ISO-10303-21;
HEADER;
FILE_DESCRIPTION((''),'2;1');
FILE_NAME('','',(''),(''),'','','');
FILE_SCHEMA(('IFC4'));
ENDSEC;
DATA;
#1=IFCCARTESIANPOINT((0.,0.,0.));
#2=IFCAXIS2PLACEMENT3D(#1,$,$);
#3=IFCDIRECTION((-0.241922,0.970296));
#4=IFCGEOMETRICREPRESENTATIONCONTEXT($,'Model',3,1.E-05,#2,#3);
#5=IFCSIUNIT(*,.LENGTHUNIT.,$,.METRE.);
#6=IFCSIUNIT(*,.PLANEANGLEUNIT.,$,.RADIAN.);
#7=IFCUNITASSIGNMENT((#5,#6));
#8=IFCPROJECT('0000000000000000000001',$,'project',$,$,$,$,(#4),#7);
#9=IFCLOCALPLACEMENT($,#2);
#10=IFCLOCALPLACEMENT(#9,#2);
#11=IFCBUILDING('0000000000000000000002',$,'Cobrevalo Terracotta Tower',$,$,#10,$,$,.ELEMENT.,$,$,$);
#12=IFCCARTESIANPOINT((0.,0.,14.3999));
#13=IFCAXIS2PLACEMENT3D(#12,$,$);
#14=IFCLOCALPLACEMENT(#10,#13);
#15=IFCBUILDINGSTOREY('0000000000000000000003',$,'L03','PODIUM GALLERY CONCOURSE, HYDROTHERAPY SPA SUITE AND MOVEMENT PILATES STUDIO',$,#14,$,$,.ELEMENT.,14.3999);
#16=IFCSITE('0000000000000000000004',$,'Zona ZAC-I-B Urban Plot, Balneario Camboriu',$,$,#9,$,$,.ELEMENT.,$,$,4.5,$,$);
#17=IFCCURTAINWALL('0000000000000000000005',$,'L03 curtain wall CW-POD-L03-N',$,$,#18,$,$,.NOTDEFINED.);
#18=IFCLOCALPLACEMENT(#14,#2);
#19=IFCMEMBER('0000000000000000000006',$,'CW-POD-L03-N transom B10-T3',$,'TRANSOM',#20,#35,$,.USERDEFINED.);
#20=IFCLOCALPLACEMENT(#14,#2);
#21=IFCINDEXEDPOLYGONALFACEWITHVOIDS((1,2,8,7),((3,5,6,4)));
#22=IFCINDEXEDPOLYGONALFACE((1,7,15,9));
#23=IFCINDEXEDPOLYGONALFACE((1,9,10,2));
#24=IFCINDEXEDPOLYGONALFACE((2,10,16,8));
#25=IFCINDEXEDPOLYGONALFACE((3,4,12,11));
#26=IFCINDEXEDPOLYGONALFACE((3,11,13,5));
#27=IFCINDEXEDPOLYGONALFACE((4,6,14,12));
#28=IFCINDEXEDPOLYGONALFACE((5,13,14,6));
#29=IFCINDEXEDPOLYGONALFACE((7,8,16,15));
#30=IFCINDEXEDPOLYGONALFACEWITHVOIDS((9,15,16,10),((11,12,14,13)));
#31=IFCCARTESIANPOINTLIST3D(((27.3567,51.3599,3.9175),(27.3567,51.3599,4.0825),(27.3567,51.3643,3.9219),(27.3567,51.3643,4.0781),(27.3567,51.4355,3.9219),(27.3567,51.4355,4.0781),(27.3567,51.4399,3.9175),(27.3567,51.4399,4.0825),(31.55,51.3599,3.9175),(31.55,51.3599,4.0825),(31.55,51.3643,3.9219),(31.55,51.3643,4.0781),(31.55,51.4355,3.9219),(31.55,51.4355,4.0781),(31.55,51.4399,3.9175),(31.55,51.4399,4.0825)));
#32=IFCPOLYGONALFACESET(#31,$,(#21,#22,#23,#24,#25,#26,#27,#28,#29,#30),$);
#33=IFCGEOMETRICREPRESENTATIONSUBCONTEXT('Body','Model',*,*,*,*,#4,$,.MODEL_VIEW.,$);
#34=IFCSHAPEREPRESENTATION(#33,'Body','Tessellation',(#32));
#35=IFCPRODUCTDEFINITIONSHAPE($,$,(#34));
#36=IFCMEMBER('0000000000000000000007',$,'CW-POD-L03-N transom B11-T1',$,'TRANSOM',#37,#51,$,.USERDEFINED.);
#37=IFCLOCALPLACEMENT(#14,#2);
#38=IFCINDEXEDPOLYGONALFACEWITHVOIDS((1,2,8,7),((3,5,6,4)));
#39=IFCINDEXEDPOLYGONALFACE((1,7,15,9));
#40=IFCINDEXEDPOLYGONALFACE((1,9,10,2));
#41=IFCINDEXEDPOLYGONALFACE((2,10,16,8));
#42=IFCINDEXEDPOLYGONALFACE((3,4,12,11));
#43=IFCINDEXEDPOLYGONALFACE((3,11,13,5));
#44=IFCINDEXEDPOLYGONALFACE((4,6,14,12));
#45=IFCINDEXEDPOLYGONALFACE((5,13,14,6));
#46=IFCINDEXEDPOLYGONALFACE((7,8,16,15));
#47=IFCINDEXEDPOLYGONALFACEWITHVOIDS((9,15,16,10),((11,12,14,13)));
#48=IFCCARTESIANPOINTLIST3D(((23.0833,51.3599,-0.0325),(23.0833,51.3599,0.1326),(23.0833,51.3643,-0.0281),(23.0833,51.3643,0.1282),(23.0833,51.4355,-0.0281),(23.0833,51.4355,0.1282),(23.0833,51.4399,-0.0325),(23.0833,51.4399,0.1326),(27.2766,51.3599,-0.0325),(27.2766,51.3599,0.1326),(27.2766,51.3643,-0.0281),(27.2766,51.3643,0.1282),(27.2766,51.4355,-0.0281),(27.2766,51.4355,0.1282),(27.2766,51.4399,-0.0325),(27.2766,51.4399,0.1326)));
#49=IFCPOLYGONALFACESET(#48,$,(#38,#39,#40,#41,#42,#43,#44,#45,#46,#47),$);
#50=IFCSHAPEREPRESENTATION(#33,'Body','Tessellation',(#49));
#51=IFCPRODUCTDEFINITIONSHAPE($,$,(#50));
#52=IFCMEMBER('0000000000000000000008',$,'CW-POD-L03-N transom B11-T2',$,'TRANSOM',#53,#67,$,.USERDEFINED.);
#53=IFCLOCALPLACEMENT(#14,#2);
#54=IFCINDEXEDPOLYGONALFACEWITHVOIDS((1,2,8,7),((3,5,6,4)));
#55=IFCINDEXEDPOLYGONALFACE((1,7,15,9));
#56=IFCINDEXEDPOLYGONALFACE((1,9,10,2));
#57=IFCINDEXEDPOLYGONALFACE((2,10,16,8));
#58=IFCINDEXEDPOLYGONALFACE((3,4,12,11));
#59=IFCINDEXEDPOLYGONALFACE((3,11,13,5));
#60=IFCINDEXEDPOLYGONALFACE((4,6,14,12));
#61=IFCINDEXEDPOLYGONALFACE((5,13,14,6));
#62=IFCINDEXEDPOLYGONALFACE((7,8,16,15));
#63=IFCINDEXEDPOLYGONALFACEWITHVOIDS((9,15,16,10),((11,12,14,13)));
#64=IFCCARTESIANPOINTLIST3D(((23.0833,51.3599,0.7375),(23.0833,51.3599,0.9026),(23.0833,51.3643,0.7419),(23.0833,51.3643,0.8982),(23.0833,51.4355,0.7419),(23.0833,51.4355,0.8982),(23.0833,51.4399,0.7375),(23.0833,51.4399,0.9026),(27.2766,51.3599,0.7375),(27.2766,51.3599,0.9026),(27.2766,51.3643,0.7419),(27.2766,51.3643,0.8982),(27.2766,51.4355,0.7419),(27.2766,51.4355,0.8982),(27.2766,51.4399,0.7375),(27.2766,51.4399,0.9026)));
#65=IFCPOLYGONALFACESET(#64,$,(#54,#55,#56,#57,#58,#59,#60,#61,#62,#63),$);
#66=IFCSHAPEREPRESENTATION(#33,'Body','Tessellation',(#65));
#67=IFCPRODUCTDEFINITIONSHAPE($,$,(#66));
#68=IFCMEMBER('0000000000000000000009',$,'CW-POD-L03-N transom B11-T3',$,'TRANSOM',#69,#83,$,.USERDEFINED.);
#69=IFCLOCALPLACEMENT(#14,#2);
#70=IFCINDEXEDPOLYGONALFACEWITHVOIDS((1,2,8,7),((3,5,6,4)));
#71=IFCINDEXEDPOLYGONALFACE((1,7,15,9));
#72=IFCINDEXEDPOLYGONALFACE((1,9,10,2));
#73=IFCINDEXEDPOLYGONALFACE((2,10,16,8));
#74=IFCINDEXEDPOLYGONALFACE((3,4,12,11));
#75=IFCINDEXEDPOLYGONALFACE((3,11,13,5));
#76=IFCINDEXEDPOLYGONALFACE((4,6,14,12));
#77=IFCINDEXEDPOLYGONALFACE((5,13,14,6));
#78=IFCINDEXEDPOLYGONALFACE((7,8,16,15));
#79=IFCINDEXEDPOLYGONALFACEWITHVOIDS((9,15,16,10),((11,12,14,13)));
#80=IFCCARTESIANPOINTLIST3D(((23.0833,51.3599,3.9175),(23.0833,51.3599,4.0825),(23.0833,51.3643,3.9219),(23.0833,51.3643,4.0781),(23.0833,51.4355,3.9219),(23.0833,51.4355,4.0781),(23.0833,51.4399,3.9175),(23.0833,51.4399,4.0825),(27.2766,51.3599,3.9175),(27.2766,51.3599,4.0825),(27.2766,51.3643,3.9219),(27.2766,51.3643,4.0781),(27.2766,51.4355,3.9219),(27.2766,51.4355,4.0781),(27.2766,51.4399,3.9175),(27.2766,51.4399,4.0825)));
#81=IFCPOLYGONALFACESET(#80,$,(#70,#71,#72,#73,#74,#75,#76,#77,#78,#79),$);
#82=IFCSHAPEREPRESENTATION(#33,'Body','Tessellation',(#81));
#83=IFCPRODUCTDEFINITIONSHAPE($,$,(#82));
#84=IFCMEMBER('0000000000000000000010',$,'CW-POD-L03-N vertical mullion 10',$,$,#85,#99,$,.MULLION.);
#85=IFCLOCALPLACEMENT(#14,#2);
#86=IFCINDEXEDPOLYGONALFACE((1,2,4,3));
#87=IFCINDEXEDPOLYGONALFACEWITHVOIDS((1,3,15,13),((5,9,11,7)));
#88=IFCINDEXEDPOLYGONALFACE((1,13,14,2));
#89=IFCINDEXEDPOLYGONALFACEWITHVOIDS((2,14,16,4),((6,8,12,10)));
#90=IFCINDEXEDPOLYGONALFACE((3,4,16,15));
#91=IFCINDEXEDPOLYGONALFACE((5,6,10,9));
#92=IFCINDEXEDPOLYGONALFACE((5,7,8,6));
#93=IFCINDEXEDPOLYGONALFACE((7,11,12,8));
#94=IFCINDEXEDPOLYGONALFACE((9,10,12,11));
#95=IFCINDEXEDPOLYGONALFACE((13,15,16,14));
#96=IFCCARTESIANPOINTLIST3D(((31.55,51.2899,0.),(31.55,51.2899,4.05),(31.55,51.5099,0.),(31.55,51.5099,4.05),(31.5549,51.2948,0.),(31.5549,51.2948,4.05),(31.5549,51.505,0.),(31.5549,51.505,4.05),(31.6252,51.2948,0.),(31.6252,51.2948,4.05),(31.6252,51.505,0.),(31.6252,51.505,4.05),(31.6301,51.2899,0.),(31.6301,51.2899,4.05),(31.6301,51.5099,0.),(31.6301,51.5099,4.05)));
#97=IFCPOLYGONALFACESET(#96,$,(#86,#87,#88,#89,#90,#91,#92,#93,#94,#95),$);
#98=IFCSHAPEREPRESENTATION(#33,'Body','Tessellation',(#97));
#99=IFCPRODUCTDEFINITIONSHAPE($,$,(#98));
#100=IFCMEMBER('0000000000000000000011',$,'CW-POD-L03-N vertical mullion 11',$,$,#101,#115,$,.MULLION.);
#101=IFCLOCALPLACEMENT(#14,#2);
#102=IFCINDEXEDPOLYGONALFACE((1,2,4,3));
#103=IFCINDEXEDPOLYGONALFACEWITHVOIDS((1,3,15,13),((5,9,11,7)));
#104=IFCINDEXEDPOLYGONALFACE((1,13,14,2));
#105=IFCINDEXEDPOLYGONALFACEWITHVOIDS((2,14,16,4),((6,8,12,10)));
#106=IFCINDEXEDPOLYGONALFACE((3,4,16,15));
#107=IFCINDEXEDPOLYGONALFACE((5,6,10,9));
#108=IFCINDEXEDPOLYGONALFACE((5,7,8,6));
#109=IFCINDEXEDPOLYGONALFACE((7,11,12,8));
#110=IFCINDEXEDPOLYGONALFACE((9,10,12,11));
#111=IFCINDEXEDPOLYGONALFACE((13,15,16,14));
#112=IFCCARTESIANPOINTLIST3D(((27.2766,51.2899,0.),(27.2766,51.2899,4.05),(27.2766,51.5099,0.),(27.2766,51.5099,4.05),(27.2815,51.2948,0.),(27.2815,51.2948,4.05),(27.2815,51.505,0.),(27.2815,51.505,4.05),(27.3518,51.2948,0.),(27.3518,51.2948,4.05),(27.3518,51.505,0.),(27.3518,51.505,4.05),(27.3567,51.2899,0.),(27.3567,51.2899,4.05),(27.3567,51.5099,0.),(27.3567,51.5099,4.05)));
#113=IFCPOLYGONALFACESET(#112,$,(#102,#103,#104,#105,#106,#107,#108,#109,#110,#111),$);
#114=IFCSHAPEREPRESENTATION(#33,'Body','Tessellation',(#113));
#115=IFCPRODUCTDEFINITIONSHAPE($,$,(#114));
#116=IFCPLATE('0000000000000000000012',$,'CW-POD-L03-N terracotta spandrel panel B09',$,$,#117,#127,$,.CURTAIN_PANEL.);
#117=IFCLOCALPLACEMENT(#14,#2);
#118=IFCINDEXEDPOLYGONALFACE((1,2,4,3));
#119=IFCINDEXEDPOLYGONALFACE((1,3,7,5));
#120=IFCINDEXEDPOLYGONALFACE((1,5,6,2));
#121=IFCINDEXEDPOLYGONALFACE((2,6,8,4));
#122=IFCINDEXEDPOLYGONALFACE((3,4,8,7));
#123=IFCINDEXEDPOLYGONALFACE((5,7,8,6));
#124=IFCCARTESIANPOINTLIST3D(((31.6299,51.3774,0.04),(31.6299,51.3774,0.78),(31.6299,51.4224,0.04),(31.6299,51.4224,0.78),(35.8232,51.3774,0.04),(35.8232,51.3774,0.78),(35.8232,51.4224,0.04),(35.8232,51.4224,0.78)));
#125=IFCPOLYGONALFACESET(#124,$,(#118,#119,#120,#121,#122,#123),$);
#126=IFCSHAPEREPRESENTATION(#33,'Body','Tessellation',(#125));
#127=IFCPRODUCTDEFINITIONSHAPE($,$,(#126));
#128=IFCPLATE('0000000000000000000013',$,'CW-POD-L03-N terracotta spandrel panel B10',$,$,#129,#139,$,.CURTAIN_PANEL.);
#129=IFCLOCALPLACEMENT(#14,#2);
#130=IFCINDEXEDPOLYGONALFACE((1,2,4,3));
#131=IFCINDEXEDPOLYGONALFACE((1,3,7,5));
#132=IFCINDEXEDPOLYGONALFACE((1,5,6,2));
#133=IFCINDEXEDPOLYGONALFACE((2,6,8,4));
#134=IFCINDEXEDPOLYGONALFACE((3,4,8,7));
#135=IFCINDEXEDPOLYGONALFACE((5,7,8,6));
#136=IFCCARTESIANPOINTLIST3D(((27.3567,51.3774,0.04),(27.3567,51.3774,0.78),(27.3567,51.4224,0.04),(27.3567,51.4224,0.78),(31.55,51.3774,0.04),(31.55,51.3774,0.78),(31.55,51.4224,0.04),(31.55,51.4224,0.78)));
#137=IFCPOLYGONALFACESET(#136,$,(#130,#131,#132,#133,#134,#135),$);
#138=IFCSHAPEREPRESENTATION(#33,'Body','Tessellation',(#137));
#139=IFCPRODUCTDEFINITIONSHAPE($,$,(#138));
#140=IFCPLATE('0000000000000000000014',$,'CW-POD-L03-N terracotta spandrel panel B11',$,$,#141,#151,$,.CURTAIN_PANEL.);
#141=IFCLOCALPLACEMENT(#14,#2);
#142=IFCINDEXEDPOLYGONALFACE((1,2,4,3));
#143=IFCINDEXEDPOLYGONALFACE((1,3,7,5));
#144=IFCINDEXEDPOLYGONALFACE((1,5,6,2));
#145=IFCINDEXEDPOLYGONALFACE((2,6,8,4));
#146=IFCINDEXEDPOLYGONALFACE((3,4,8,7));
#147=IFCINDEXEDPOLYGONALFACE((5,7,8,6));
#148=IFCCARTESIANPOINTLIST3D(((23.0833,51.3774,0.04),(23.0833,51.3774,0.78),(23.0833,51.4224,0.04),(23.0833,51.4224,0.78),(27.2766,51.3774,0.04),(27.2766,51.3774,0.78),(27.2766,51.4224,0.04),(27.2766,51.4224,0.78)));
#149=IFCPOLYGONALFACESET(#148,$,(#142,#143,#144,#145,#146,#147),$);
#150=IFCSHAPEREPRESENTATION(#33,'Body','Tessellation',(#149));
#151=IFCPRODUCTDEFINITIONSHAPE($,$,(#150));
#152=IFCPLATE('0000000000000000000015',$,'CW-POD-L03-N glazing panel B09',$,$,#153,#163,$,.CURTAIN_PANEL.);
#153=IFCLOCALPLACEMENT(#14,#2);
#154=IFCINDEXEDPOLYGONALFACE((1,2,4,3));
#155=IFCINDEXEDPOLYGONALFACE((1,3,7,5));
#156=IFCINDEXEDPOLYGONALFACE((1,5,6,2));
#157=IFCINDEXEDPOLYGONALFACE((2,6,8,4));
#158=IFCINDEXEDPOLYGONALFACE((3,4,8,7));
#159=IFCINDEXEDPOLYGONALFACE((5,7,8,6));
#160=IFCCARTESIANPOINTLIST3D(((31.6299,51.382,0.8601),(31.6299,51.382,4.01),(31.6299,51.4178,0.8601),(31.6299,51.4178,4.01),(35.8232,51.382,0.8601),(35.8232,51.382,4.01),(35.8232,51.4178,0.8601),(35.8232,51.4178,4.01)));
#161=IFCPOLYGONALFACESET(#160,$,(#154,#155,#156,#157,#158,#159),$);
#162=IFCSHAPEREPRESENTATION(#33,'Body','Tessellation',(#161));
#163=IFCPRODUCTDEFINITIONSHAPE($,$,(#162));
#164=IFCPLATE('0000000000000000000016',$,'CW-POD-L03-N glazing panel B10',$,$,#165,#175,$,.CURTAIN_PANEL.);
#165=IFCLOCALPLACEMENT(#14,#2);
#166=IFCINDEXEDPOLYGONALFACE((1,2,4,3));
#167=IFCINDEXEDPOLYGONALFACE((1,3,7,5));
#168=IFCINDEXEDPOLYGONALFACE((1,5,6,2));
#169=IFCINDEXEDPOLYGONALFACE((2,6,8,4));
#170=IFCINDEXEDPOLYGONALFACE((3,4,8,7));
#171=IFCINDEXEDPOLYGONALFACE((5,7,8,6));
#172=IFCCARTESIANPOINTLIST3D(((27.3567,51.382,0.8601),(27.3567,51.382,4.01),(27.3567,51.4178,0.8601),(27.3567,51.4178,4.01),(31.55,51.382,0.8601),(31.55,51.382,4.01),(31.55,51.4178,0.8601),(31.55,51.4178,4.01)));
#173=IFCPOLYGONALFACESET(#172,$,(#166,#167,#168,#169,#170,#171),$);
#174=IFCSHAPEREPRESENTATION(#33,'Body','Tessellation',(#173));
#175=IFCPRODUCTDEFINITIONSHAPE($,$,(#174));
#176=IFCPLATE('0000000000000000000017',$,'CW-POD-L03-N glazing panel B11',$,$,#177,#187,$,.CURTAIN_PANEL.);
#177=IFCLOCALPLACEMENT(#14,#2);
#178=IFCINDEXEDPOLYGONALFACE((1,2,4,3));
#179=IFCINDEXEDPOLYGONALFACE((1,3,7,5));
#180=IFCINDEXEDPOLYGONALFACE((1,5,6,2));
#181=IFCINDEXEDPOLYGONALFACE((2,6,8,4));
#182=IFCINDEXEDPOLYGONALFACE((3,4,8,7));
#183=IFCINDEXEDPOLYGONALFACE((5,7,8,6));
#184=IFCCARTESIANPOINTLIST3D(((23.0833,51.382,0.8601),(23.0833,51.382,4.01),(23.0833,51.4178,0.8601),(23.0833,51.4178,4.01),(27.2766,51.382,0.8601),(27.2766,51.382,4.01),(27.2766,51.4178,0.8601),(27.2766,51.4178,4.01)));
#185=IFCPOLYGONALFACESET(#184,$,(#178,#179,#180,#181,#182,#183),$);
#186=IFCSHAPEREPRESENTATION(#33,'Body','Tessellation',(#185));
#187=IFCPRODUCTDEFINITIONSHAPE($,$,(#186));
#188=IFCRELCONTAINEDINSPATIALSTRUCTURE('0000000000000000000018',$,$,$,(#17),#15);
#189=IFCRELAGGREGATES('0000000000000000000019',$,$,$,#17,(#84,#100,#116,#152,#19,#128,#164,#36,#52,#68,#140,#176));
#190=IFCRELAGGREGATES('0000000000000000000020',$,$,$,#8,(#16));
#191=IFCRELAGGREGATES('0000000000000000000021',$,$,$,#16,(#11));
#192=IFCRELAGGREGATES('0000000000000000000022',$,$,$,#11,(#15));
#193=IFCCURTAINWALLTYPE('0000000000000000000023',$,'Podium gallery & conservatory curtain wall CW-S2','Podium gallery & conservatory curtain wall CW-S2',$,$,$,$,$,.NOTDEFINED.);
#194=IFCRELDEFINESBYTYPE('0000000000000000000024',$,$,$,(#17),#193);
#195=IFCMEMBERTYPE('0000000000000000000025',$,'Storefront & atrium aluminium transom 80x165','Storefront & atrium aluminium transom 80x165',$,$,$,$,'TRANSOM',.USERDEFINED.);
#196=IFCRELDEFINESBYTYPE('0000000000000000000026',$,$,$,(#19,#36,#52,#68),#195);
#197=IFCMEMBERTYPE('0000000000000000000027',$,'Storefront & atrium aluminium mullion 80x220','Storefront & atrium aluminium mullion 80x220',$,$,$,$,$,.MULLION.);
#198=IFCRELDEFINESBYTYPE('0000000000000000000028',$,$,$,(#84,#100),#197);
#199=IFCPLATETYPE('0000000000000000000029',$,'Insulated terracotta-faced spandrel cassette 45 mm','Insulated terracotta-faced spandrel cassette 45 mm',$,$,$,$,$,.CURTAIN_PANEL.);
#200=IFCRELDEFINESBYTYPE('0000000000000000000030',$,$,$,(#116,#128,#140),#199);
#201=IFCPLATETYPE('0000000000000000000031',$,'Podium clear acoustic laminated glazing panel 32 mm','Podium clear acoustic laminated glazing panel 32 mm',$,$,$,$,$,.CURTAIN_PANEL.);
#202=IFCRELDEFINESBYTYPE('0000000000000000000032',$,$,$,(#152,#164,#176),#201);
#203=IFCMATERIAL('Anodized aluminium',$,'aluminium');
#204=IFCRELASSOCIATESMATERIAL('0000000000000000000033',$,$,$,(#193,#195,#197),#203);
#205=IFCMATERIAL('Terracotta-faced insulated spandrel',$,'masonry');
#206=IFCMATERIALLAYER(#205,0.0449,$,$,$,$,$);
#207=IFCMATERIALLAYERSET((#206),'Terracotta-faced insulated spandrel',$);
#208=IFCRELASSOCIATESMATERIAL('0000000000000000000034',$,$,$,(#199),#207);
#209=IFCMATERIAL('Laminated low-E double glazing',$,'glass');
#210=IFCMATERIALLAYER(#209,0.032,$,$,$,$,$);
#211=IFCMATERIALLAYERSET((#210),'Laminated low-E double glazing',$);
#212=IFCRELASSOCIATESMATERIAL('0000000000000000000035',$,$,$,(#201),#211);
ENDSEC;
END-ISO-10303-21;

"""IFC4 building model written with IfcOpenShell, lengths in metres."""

from ifc_helpers import new_model, si_unit, direction, frame, origin, origin_2d, place, context, subcontext, project, spatial, rectangle, hollow_rectangle, extrude, source, transform, mapped, material, layer, layer_set, material_profile, profile_set, type_object, element, aggregate, save


model = new_model("IFC4")

# Units and contexts
model_context = context("Model", 3, precision=1e-05, world=origin(), true_north=direction((-0.241922, 0.970296)))
body_context = subcontext(model_context, "Body", "Model", "MODEL_VIEW")
ifc_project = project(units=[si_unit("LENGTHUNIT", "METRE"), si_unit("PLANEANGLEUNIT", "RADIAN")], contexts=[model_context])

# Site, building, storey
site_placement = place(None, origin())
site = spatial("IfcSite", under=ifc_project, at=site_placement, Name="Zona ZAC-I-B Urban Plot, Balneario Camboriu", CompositionType="ELEMENT", RefElevation=4.5)
building_placement = place(site_placement, origin())
building = spatial("IfcBuilding", under=site, at=building_placement, Name="Cobrevalo Terracotta Tower", CompositionType="ELEMENT")
storey_placement = place(building_placement, frame((0.0, 0.0, 14.3999)))
storey = spatial("IfcBuildingStorey", under=building, at=storey_placement, Name="L03", Description="PODIUM GALLERY CONCOURSE, HYDROTHERAPY SPA SUITE AND MOVEMENT PILATES STUDIO", CompositionType="ELEMENT", Elevation=14.3999)

# Curtain wall, members, plates
ifc_material_1 = material(Name="Anodized aluminium", Category="aluminium")
curtain_wall_type = type_object("IfcCurtainWallType", Name="Podium gallery & conservatory curtain wall CW-S2", Description="Podium gallery & conservatory curtain wall CW-S2", PredefinedType="NOTDEFINED", material=ifc_material_1)
curtain_wall_placement = place(storey_placement, origin())
curtain_wall = element("IfcCurtainWall", 1, at=curtain_wall_placement, inside=storey, type_object=curtain_wall_type, Name="L03 curtain wall CW-POD-L03-N", PredefinedType="NOTDEFINED")
ifc_material_profile_1 = material_profile(ifc_material_1, hollow_rectangle(XDim=0.0801, YDim=0.165, WallThickness=0.0044, at=origin_2d()), Name="CWT 80x165")
ifc_profile_set_1 = profile_set([ifc_material_profile_1], Name="Anodized aluminium")
member_type_1 = type_object("IfcMemberType", Name="Storefront & atrium aluminium transom 80x165", Description="Storefront & atrium aluminium transom 80x165", ElementType="TRANSOM", PredefinedType="USERDEFINED", material=ifc_profile_set_1)
shared_shape_1 = source(origin(), body_context, "Body", "SweptSolid", [
    extrude(hollow_rectangle(XDim=0.0801, YDim=0.165, WallThickness=0.0044, at=origin_2d()), origin(), (0.0, 0.0, 1.0), 4.1934),
])
member_1_placement = place(storey_placement, frame((31.55, 51.3999, 4.0), z_axis=(-1.0, 0.0, 0.0), x_axis=(0.0, -1.0, 0.0)))
member_1 = element("IfcMember", 2, at=member_1_placement, type_object=member_type_1, Name="CW-POD-L03-N transom B10-T3", ObjectType="TRANSOM", PredefinedType="USERDEFINED", context=body_context, shape_type="MappedRepresentation", body=[
    mapped(shared_shape_1, transform((0.0, 0.0, 0.0), scale=1.0)),
])
member_2_placement = place(storey_placement, frame((27.2766, 51.3999, 0.05), z_axis=(-1.0, 0.0, 0.0), x_axis=(0.0, -1.0, 0.0)))
member_2 = element("IfcMember", 3, at=member_2_placement, type_object=member_type_1, Name="CW-POD-L03-N transom B11-T1", ObjectType="TRANSOM", PredefinedType="USERDEFINED", context=body_context, shape_type="MappedRepresentation", body=[
    mapped(shared_shape_1, transform((0.0, 0.0, 0.0), scale=1.0)),
])
member_3_placement = place(storey_placement, frame((27.2766, 51.3999, 0.8201), z_axis=(-1.0, 0.0, 0.0), x_axis=(0.0, -1.0, 0.0)))
member_3 = element("IfcMember", 4, at=member_3_placement, type_object=member_type_1, Name="CW-POD-L03-N transom B11-T2", ObjectType="TRANSOM", PredefinedType="USERDEFINED", context=body_context, shape_type="MappedRepresentation", body=[
    mapped(shared_shape_1, transform((0.0, 0.0, 0.0), scale=1.0)),
])
member_4_placement = place(storey_placement, frame((27.2766, 51.3999, 4.0), z_axis=(-1.0, 0.0, 0.0), x_axis=(0.0, -1.0, 0.0)))
member_4 = element("IfcMember", 5, at=member_4_placement, type_object=member_type_1, Name="CW-POD-L03-N transom B11-T3", ObjectType="TRANSOM", PredefinedType="USERDEFINED", context=body_context, shape_type="MappedRepresentation", body=[
    mapped(shared_shape_1, transform((0.0, 0.0, 0.0), scale=1.0)),
])
ifc_material_profile_2 = material_profile(ifc_material_1, hollow_rectangle(XDim=0.0801, YDim=0.22, WallThickness=0.0049, at=origin_2d()), Name="CWM 80x220")
ifc_profile_set_2 = profile_set([ifc_material_profile_2], Name="Anodized aluminium")
member_type_2 = type_object("IfcMemberType", Name="Storefront & atrium aluminium mullion 80x220", Description="Storefront & atrium aluminium mullion 80x220", PredefinedType="MULLION", material=ifc_profile_set_2)
shared_shape_2 = source(origin(), body_context, "Body", "SweptSolid", [
    extrude(hollow_rectangle(XDim=0.0801, YDim=0.22, WallThickness=0.0049, at=origin_2d()), origin(), (0.0, 0.0, 1.0), 4.05),
])
member_5_placement = place(storey_placement, frame((31.5901, 51.3999, 0.0), z_axis=(0.0, 0.0, 1.0), x_axis=(-1.0, 0.0, 0.0)))
member_5 = element("IfcMember", 6, at=member_5_placement, type_object=member_type_2, Name="CW-POD-L03-N vertical mullion 10", PredefinedType="MULLION", context=body_context, shape_type="MappedRepresentation", body=[
    mapped(shared_shape_2, transform((0.0, 0.0, 0.0), scale=1.0)),
])
member_6_placement = place(storey_placement, frame((27.3167, 51.3999, 0.0), z_axis=(0.0, 0.0, 1.0), x_axis=(-1.0, 0.0, 0.0)))
member_6 = element("IfcMember", 7, at=member_6_placement, type_object=member_type_2, Name="CW-POD-L03-N vertical mullion 11", PredefinedType="MULLION", context=body_context, shape_type="MappedRepresentation", body=[
    mapped(shared_shape_2, transform((0.0, 0.0, 0.0), scale=1.0)),
])
ifc_material_2 = material(Name="Terracotta-faced insulated spandrel", Category="masonry")
ifc_layer_1 = layer(ifc_material_2, 0.0449)
ifc_layer_set_1 = layer_set([ifc_layer_1], Name="Terracotta-faced insulated spandrel")
plate_type_1 = type_object("IfcPlateType", Name="Insulated terracotta-faced spandrel cassette 45 mm", Description="Insulated terracotta-faced spandrel cassette 45 mm", PredefinedType="CURTAIN_PANEL", material=ifc_layer_set_1)
shared_shape_3 = source(origin(), body_context, "Body", "SweptSolid", [
    extrude(rectangle(XDim=4.1934, YDim=0.0449, at=origin_2d()), origin(), (0.0, 0.0, 1.0), 0.74),
])
plate_1_placement = place(storey_placement, frame((33.7266, 51.3999, 0.04), z_axis=(0.0, 0.0, 1.0), x_axis=(-1.0, 0.0, 0.0)))
plate_1 = element("IfcPlate", 8, at=plate_1_placement, type_object=plate_type_1, Name="CW-POD-L03-N terracotta spandrel panel B09", PredefinedType="CURTAIN_PANEL", context=body_context, shape_type="MappedRepresentation", body=[
    mapped(shared_shape_3, transform((0.0, 0.0, 0.0), scale=1.0)),
])
plate_2_placement = place(storey_placement, frame((29.4534, 51.3999, 0.04), z_axis=(0.0, 0.0, 1.0), x_axis=(-1.0, 0.0, 0.0)))
plate_2 = element("IfcPlate", 9, at=plate_2_placement, type_object=plate_type_1, Name="CW-POD-L03-N terracotta spandrel panel B10", PredefinedType="CURTAIN_PANEL", context=body_context, shape_type="MappedRepresentation", body=[
    mapped(shared_shape_3, transform((0.0, 0.0, 0.0), scale=1.0)),
])
plate_3_placement = place(storey_placement, frame((25.1799, 51.3999, 0.04), z_axis=(0.0, 0.0, 1.0), x_axis=(-1.0, 0.0, 0.0)))
plate_3 = element("IfcPlate", 10, at=plate_3_placement, type_object=plate_type_1, Name="CW-POD-L03-N terracotta spandrel panel B11", PredefinedType="CURTAIN_PANEL", context=body_context, shape_type="MappedRepresentation", body=[
    mapped(shared_shape_3, transform((0.0, 0.0, 0.0), scale=1.0)),
])
ifc_material_3 = material(Name="Laminated low-E double glazing", Category="glass")
ifc_layer_2 = layer(ifc_material_3, 0.032)
ifc_layer_set_2 = layer_set([ifc_layer_2], Name="Laminated low-E double glazing")
plate_type_2 = type_object("IfcPlateType", Name="Podium clear acoustic laminated glazing panel 32 mm", Description="Podium clear acoustic laminated glazing panel 32 mm", PredefinedType="CURTAIN_PANEL", material=ifc_layer_set_2)
shared_shape_4 = source(origin(), body_context, "Body", "SweptSolid", [
    extrude(rectangle(XDim=4.1934, YDim=0.0359, at=origin_2d()), origin(), (0.0, 0.0, 1.0), 3.1499),
])
plate_4_placement = place(storey_placement, frame((33.7266, 51.3999, 0.8601), z_axis=(0.0, 0.0, 1.0), x_axis=(-1.0, 0.0, 0.0)))
plate_4 = element("IfcPlate", 11, at=plate_4_placement, type_object=plate_type_2, Name="CW-POD-L03-N glazing panel B09", PredefinedType="CURTAIN_PANEL", context=body_context, shape_type="MappedRepresentation", body=[
    mapped(shared_shape_4, transform((0.0, 0.0, 0.0), scale=1.0)),
])
plate_5_placement = place(storey_placement, frame((29.4534, 51.3999, 0.8601), z_axis=(0.0, 0.0, 1.0), x_axis=(-1.0, 0.0, 0.0)))
plate_5 = element("IfcPlate", 12, at=plate_5_placement, type_object=plate_type_2, Name="CW-POD-L03-N glazing panel B10", PredefinedType="CURTAIN_PANEL", context=body_context, shape_type="MappedRepresentation", body=[
    mapped(shared_shape_4, transform((0.0, 0.0, 0.0), scale=1.0)),
])
plate_6_placement = place(storey_placement, frame((25.1799, 51.3999, 0.8601), z_axis=(0.0, 0.0, 1.0), x_axis=(-1.0, 0.0, 0.0)))
plate_6 = element("IfcPlate", 13, at=plate_6_placement, type_object=plate_type_2, Name="CW-POD-L03-N glazing panel B11", PredefinedType="CURTAIN_PANEL", context=body_context, shape_type="MappedRepresentation", body=[
    mapped(shared_shape_4, transform((0.0, 0.0, 0.0), scale=1.0)),
])
aggregate(curtain_wall, [member_5, member_6, plate_1, plate_4, member_1, plate_2, plate_5, member_2, member_3, member_4, plate_3, plate_6])

save(model, "model.ifc")
